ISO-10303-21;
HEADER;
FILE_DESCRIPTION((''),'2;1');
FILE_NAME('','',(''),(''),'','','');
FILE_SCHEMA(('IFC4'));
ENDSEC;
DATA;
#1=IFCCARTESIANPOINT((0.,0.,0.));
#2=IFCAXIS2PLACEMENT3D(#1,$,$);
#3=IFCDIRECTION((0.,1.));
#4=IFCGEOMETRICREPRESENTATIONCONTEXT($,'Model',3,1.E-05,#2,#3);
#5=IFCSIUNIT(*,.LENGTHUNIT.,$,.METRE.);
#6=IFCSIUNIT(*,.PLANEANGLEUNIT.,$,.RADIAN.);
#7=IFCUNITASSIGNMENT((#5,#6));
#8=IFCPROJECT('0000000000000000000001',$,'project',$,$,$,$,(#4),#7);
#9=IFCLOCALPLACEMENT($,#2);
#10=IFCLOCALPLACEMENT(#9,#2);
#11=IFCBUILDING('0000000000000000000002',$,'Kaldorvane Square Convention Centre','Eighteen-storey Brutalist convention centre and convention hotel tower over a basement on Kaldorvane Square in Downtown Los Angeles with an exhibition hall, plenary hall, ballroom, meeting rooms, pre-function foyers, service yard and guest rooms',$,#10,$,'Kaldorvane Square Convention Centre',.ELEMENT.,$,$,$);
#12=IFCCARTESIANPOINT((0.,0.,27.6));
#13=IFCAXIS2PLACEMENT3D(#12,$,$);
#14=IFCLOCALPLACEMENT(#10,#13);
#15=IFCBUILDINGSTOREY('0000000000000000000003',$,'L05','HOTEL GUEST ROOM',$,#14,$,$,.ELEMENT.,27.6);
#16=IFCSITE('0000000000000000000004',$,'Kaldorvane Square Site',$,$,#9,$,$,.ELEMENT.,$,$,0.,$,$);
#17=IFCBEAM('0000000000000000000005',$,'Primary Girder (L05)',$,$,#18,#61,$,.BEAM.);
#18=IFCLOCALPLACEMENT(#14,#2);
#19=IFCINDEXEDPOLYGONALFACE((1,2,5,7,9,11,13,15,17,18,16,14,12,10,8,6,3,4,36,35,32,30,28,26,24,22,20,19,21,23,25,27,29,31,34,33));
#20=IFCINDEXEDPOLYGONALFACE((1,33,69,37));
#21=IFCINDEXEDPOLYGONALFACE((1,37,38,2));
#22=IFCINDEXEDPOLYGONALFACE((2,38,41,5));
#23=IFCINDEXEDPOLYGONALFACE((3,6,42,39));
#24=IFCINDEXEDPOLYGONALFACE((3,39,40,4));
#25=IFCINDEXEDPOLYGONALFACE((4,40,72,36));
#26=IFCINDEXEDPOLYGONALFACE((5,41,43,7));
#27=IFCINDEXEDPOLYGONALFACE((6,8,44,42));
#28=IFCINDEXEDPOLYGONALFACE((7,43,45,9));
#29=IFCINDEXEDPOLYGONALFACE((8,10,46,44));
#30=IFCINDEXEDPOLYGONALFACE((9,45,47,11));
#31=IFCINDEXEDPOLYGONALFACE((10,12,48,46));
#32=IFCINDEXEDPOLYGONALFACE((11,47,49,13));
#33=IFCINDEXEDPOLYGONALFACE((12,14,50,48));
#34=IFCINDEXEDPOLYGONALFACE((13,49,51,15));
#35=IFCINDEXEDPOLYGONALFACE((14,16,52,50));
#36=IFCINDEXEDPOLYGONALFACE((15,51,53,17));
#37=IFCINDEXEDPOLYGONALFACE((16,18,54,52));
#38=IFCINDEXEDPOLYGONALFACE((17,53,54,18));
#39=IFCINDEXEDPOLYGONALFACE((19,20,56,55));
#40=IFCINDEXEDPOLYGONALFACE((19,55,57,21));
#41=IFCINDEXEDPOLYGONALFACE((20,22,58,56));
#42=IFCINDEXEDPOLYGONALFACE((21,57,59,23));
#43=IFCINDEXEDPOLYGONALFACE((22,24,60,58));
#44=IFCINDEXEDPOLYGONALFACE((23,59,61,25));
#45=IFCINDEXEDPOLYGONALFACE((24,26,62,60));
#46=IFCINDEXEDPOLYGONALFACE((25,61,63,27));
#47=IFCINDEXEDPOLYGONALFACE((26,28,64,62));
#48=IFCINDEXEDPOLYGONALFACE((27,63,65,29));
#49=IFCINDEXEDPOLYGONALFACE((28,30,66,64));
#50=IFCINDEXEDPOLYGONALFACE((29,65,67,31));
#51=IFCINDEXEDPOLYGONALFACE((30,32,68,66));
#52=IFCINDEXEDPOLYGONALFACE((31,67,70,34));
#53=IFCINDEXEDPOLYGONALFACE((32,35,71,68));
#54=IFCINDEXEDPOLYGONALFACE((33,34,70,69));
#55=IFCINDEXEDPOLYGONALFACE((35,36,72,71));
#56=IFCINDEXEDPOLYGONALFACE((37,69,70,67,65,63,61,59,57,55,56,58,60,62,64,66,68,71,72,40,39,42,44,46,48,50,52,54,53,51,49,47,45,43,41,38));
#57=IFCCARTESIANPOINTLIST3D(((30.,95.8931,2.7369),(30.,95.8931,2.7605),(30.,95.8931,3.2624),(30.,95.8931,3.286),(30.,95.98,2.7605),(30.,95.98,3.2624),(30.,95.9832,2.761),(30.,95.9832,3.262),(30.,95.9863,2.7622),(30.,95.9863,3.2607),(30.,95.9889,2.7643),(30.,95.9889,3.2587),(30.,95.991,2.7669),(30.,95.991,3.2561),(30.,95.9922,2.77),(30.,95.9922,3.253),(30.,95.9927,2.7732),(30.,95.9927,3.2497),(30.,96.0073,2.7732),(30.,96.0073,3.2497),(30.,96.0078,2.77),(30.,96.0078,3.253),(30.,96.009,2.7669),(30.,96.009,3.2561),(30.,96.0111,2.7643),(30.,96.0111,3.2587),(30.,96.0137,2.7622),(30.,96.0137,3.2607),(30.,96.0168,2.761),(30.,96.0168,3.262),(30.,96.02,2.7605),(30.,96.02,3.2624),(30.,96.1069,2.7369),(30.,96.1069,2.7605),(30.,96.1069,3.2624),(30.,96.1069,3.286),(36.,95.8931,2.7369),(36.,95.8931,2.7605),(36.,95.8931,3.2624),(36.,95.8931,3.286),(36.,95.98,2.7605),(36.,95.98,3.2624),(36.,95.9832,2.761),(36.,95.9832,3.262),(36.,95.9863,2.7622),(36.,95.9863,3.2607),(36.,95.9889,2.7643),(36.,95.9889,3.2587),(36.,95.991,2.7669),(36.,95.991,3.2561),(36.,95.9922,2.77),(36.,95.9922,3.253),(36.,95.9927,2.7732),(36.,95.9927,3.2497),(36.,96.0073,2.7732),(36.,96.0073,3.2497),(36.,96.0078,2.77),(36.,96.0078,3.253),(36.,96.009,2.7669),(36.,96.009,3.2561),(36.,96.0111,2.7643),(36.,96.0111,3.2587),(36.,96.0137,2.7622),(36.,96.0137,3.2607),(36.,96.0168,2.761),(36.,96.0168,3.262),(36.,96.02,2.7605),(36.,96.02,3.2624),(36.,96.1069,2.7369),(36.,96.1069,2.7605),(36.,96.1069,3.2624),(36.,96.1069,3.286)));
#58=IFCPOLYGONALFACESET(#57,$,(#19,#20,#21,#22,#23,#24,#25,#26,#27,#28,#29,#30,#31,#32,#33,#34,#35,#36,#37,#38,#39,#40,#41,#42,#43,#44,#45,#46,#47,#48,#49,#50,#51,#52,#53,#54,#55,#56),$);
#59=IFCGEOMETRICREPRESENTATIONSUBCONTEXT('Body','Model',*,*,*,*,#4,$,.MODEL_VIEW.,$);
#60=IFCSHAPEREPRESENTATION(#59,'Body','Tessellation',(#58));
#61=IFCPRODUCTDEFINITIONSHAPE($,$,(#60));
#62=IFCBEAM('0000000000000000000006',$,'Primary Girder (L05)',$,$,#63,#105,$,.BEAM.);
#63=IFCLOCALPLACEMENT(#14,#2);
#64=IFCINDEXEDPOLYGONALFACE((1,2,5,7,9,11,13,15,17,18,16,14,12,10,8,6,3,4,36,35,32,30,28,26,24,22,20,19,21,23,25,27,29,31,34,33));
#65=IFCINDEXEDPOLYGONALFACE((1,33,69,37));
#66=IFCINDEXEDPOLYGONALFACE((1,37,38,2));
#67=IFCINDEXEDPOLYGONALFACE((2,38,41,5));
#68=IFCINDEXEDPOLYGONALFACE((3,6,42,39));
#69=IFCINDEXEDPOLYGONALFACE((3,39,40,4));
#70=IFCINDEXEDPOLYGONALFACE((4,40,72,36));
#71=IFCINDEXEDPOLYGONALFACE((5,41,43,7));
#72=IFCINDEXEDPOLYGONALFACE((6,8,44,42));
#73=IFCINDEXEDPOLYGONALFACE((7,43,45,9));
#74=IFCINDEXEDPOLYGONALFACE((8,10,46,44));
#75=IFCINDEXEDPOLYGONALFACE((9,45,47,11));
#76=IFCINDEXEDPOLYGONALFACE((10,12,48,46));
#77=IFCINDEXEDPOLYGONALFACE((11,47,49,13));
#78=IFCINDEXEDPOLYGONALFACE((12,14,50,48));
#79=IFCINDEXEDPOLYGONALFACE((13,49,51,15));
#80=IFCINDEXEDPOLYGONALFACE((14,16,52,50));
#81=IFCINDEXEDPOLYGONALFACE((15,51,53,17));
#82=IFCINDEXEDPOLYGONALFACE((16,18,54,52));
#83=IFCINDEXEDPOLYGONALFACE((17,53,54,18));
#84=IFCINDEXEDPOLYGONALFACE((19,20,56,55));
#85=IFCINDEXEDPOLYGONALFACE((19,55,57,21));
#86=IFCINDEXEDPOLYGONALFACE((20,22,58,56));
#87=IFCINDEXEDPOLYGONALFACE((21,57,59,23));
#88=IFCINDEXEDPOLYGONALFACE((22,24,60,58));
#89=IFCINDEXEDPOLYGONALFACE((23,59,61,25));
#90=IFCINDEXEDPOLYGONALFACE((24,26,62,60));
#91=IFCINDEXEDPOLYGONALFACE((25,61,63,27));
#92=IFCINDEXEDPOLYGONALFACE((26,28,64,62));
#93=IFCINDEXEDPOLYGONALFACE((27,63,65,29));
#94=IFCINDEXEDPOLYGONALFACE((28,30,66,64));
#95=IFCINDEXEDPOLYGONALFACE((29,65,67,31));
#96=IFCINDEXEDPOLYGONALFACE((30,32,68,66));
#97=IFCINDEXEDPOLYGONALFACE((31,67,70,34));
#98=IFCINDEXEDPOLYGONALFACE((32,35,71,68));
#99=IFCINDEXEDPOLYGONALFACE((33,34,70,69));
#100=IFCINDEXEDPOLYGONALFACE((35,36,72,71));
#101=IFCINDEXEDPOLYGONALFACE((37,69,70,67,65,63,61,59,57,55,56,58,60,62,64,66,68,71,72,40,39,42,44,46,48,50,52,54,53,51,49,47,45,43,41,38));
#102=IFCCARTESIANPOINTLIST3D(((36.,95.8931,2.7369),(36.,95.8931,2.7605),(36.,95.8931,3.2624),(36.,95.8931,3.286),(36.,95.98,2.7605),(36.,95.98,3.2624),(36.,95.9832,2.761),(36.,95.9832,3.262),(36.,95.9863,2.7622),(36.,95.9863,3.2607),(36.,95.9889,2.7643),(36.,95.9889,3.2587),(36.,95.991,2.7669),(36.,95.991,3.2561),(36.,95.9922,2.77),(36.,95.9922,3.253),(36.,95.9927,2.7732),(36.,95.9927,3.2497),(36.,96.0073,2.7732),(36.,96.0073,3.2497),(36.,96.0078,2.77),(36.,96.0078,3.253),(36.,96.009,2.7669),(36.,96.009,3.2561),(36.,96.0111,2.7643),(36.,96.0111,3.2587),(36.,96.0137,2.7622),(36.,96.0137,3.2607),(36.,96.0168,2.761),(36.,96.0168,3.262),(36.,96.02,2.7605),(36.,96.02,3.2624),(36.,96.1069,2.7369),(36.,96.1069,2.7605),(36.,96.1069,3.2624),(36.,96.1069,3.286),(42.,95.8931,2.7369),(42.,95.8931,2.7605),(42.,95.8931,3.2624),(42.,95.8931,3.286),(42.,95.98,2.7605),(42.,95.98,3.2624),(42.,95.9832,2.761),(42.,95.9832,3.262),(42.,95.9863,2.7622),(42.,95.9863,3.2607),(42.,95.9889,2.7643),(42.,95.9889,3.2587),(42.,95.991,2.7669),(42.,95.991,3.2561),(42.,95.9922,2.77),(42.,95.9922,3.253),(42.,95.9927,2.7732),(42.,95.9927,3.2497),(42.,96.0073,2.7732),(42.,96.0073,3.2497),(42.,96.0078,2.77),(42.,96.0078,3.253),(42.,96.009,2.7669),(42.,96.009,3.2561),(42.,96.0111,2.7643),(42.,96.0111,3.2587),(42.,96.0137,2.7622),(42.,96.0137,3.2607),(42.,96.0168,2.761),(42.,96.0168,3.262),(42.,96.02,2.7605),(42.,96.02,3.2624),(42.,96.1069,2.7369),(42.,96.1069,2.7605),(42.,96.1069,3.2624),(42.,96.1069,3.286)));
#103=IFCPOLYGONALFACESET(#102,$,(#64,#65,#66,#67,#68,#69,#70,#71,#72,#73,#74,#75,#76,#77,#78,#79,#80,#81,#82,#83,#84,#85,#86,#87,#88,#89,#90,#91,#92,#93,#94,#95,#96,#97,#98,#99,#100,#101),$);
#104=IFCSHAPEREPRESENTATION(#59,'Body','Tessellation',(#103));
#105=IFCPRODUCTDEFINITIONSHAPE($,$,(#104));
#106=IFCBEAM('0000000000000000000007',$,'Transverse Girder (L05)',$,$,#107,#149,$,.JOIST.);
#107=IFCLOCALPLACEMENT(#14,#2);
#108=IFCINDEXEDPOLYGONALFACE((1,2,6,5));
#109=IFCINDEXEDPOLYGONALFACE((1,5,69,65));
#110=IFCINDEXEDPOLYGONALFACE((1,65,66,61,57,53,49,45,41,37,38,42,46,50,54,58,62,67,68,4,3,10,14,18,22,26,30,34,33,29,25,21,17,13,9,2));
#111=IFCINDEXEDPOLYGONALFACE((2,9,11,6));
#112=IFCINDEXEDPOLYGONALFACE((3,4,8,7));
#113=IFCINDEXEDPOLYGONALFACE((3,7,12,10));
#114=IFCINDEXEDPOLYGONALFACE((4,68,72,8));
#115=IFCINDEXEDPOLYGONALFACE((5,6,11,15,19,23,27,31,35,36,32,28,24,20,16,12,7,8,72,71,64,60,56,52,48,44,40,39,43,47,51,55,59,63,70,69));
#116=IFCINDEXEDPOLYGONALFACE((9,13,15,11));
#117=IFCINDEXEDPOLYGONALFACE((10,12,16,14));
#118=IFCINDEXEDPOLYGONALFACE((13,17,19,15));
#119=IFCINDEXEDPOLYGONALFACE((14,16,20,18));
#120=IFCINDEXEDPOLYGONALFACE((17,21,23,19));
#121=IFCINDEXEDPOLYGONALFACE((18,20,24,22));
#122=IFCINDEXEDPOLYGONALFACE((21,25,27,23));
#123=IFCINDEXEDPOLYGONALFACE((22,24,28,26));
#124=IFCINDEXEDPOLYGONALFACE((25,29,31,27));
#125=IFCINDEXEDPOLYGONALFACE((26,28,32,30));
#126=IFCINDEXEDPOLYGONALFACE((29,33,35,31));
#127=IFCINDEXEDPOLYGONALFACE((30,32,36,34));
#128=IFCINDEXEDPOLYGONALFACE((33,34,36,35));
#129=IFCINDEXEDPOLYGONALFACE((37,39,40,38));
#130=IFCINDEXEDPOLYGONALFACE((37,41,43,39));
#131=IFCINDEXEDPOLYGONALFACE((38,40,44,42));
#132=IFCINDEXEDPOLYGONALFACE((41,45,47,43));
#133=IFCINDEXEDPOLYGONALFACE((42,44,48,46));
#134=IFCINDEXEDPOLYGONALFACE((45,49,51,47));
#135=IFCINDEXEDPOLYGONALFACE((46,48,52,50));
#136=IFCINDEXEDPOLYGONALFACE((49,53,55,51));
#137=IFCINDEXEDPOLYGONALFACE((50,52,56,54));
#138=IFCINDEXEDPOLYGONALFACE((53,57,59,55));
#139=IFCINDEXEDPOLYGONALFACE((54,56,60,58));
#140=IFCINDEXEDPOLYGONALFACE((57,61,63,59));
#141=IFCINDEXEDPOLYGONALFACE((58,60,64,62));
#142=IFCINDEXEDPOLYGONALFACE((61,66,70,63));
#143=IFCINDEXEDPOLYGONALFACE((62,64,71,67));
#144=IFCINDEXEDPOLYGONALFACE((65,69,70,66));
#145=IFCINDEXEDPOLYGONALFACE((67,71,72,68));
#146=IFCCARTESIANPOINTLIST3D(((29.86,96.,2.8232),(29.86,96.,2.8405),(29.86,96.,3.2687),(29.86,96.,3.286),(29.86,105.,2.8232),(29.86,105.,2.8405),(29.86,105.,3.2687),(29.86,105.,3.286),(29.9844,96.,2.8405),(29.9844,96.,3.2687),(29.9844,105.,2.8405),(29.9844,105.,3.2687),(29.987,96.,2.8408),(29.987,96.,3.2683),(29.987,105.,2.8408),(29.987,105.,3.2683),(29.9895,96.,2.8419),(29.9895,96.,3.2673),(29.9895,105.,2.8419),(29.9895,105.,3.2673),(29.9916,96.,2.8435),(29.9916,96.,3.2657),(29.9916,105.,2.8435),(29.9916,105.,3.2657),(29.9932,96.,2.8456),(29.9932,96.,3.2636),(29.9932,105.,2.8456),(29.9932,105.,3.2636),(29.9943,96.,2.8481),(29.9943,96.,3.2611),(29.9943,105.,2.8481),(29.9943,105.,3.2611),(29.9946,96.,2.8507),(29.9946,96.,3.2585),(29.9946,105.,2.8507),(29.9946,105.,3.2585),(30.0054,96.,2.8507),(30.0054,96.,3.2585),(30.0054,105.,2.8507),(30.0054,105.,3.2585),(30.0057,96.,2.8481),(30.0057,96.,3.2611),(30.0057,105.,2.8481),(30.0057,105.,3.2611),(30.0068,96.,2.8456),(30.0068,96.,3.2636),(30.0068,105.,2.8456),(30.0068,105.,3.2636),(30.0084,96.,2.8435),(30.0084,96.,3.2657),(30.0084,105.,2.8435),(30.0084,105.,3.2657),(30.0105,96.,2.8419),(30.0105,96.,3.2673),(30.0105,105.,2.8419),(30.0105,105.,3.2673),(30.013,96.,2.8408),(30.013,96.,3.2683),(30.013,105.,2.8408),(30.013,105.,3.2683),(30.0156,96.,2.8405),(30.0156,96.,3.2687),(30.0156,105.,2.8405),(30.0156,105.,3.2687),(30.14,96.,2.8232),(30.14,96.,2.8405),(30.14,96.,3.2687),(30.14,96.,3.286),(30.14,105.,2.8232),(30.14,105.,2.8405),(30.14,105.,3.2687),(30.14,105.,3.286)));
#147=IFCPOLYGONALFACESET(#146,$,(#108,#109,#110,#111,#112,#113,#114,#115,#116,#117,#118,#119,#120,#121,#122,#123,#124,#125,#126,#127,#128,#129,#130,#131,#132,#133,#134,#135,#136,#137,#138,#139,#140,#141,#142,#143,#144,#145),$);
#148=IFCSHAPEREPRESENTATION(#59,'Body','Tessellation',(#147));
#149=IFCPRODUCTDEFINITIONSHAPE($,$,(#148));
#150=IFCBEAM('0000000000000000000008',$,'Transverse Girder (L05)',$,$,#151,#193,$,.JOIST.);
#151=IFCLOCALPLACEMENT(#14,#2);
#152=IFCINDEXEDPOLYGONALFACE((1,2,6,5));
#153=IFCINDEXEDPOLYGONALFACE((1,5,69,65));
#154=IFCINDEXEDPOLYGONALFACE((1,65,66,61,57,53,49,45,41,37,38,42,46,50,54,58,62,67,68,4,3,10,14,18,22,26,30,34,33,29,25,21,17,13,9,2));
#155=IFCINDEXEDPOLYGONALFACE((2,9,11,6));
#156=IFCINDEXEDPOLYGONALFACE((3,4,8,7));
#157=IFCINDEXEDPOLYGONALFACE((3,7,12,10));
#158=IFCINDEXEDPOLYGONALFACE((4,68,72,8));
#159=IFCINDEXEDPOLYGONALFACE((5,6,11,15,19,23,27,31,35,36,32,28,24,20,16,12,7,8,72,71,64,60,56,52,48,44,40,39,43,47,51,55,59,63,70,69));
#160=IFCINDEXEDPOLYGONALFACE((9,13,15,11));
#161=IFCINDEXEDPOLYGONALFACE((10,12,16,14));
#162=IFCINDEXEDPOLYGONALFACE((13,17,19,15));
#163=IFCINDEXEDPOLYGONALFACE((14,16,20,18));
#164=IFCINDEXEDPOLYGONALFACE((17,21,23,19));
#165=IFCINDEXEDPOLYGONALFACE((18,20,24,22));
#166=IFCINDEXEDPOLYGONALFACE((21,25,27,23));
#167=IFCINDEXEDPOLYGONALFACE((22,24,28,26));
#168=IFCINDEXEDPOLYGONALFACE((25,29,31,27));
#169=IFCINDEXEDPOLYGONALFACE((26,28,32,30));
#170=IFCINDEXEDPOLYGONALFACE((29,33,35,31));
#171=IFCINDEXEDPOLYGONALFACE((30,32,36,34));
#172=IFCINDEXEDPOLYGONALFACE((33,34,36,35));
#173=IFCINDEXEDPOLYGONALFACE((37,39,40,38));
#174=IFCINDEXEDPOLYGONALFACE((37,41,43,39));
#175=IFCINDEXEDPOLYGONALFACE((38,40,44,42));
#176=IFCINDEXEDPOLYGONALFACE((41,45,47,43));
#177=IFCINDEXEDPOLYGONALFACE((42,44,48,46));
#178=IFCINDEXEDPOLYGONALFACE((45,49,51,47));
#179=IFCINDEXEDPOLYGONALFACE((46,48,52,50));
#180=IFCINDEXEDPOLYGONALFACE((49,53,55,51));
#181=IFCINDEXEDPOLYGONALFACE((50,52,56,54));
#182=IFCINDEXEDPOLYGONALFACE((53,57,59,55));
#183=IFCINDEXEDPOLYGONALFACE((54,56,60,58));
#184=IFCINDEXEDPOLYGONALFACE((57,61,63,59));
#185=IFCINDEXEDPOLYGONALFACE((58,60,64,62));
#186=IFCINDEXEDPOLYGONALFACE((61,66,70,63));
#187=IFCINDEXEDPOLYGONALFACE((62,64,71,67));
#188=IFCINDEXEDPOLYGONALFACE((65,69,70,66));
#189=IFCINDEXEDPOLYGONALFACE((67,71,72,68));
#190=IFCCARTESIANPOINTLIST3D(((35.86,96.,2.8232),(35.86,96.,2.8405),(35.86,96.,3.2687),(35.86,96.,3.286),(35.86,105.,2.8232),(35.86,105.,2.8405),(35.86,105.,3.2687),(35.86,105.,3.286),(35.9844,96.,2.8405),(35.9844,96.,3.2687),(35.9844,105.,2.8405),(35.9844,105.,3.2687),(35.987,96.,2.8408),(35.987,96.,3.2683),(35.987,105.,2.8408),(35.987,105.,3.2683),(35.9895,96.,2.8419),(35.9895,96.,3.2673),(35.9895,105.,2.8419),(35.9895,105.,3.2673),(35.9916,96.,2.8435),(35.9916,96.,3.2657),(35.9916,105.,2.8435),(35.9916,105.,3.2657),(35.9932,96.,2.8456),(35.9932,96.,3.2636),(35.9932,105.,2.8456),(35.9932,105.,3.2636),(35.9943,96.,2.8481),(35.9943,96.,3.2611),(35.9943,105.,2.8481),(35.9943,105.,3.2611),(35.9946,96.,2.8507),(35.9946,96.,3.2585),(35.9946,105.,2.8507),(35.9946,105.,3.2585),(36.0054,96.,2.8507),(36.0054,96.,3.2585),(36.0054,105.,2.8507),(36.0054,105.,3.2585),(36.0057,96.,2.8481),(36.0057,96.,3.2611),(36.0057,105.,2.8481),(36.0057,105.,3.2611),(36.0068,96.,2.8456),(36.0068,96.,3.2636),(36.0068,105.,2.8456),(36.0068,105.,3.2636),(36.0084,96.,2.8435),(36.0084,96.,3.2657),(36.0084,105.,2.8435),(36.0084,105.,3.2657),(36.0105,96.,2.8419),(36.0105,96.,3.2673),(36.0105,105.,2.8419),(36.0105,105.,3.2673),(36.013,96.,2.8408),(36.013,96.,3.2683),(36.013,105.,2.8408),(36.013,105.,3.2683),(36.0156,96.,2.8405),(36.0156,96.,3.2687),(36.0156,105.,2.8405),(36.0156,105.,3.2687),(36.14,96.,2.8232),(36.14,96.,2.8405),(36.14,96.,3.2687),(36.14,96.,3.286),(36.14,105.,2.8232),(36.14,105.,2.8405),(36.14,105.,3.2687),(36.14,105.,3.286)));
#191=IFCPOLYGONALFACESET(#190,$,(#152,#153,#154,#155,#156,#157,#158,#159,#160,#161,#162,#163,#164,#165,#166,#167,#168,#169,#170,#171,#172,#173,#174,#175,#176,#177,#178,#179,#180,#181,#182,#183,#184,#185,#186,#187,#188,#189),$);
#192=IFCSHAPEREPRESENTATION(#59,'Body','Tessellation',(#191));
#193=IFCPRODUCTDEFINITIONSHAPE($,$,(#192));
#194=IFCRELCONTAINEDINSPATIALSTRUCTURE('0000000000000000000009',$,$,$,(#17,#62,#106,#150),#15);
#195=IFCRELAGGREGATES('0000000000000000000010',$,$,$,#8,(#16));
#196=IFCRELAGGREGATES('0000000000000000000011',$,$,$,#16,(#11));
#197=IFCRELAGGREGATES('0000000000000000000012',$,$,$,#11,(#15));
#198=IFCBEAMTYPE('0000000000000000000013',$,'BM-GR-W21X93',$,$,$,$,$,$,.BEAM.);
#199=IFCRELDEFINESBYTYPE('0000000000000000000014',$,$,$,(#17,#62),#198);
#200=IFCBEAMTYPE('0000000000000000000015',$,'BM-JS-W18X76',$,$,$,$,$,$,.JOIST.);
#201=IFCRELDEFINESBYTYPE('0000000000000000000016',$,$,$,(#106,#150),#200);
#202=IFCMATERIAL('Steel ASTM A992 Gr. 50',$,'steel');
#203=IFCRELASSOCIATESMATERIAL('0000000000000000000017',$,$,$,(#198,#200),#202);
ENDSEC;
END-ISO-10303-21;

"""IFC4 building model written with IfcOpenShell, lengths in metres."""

from ifc_helpers import new_model, si_unit, direction, frame, origin, origin_2d, place, context, subcontext, project, spatial, i_section, extrude, material, material_profile, profile_set, type_object, element, save


model = new_model("IFC4")

# Units and contexts
model_context = context("Model", 3, precision=1e-05, world=origin(), true_north=direction((0.0, 1.0)))
body_context = subcontext(model_context, "Body", "Model", "MODEL_VIEW")
ifc_project = project(units=[si_unit("LENGTHUNIT", "METRE"), si_unit("PLANEANGLEUNIT", "RADIAN")], contexts=[model_context])

# Site, building, storey
site_placement = place(None, origin())
site = spatial("IfcSite", under=ifc_project, at=site_placement, Name="Kaldorvane Square Site", CompositionType="ELEMENT", RefElevation=0.0)
building_placement = place(site_placement, origin())
building = spatial("IfcBuilding", under=site, at=building_placement, Name="Kaldorvane Square Convention Centre", Description="Eighteen-storey Brutalist convention centre and convention hotel tower over a basement on Kaldorvane Square in Downtown Los Angeles with an exhibition hall, plenary hall, ballroom, meeting rooms, pre-function foyers, service yard and guest rooms", LongName="Kaldorvane Square Convention Centre", CompositionType="ELEMENT")
storey_placement = place(building_placement, frame((0.0, 0.0, 27.6)))
storey = spatial("IfcBuildingStorey", under=building, at=storey_placement, Name="L05", Description="HOTEL GUEST ROOM", CompositionType="ELEMENT", Elevation=27.6)

# Shared definitions
ifc_material_1 = material(Name="Steel ASTM A992 Gr. 50", Category="steel")

# Beams
ifc_material_profile_1 = material_profile(ifc_material_1, i_section(OverallWidth=0.2139, OverallDepth=0.5491, WebThickness=0.0147, FlangeThickness=0.0236, FilletRadius=0.0127, at=origin_2d()), Name="W21X93")
ifc_profile_set_1 = profile_set([ifc_material_profile_1], Name="Steel ASTM A992 Gr. 50")
beam_type_1 = type_object("IfcBeamType", Name="BM-GR-W21X93", PredefinedType="BEAM", material=ifc_profile_set_1)
for number, where, z_axis, x_axis, name in (
    (1, (30.0, 96.0, 3.0115), (1.0, 0.0, 0.0), (0.0, 1.0, 0.0), "Primary Girder (L05)"),
    (2, (36.0, 96.0, 3.0115), (1.0, 0.0, 0.0), (0.0, 1.0, 0.0), "Primary Girder (L05)"),
):
    element("IfcBeam", number, at=place(storey_placement, frame(where, z_axis=z_axis, x_axis=x_axis)), inside=storey, type_object=beam_type_1, Name=name, PredefinedType="BEAM", context=body_context, shape_type="SweptSolid", body=[
        extrude(i_section(OverallWidth=0.2139, OverallDepth=0.5491, WebThickness=0.0147, FlangeThickness=0.0236, FilletRadius=0.0127, at=origin_2d()), origin(), (0.0, 0.0, 1.0), 6.0),
    ])
ifc_material_profile_2 = material_profile(ifc_material_1, i_section(OverallWidth=0.2799, OverallDepth=0.4628, WebThickness=0.0108, FlangeThickness=0.0173, FilletRadius=0.0102, at=origin_2d()), Name="W18X76")
ifc_profile_set_2 = profile_set([ifc_material_profile_2], Name="Steel ASTM A992 Gr. 50")
beam_type_2 = type_object("IfcBeamType", Name="BM-JS-W18X76", PredefinedType="JOIST", material=ifc_profile_set_2)
for number, where, z_axis, x_axis, name in (
    (3, (30.0, 96.0, 3.0546), (0.0, 1.0, 0.0), (-1.0, 0.0, 0.0), "Transverse Girder (L05)"),
    (4, (36.0, 96.0, 3.0546), (0.0, 1.0, 0.0), (-1.0, 0.0, 0.0), "Transverse Girder (L05)"),
):
    element("IfcBeam", number, at=place(storey_placement, frame(where, z_axis=z_axis, x_axis=x_axis)), inside=storey, type_object=beam_type_2, Name=name, PredefinedType="JOIST", context=body_context, shape_type="SweptSolid", body=[
        extrude(i_section(OverallWidth=0.2799, OverallDepth=0.4628, WebThickness=0.0108, FlangeThickness=0.0173, FilletRadius=0.0102, at=origin_2d()), origin(), (0.0, 0.0, 1.0), 9.0),
    ])

save(model, "model.ifc")
